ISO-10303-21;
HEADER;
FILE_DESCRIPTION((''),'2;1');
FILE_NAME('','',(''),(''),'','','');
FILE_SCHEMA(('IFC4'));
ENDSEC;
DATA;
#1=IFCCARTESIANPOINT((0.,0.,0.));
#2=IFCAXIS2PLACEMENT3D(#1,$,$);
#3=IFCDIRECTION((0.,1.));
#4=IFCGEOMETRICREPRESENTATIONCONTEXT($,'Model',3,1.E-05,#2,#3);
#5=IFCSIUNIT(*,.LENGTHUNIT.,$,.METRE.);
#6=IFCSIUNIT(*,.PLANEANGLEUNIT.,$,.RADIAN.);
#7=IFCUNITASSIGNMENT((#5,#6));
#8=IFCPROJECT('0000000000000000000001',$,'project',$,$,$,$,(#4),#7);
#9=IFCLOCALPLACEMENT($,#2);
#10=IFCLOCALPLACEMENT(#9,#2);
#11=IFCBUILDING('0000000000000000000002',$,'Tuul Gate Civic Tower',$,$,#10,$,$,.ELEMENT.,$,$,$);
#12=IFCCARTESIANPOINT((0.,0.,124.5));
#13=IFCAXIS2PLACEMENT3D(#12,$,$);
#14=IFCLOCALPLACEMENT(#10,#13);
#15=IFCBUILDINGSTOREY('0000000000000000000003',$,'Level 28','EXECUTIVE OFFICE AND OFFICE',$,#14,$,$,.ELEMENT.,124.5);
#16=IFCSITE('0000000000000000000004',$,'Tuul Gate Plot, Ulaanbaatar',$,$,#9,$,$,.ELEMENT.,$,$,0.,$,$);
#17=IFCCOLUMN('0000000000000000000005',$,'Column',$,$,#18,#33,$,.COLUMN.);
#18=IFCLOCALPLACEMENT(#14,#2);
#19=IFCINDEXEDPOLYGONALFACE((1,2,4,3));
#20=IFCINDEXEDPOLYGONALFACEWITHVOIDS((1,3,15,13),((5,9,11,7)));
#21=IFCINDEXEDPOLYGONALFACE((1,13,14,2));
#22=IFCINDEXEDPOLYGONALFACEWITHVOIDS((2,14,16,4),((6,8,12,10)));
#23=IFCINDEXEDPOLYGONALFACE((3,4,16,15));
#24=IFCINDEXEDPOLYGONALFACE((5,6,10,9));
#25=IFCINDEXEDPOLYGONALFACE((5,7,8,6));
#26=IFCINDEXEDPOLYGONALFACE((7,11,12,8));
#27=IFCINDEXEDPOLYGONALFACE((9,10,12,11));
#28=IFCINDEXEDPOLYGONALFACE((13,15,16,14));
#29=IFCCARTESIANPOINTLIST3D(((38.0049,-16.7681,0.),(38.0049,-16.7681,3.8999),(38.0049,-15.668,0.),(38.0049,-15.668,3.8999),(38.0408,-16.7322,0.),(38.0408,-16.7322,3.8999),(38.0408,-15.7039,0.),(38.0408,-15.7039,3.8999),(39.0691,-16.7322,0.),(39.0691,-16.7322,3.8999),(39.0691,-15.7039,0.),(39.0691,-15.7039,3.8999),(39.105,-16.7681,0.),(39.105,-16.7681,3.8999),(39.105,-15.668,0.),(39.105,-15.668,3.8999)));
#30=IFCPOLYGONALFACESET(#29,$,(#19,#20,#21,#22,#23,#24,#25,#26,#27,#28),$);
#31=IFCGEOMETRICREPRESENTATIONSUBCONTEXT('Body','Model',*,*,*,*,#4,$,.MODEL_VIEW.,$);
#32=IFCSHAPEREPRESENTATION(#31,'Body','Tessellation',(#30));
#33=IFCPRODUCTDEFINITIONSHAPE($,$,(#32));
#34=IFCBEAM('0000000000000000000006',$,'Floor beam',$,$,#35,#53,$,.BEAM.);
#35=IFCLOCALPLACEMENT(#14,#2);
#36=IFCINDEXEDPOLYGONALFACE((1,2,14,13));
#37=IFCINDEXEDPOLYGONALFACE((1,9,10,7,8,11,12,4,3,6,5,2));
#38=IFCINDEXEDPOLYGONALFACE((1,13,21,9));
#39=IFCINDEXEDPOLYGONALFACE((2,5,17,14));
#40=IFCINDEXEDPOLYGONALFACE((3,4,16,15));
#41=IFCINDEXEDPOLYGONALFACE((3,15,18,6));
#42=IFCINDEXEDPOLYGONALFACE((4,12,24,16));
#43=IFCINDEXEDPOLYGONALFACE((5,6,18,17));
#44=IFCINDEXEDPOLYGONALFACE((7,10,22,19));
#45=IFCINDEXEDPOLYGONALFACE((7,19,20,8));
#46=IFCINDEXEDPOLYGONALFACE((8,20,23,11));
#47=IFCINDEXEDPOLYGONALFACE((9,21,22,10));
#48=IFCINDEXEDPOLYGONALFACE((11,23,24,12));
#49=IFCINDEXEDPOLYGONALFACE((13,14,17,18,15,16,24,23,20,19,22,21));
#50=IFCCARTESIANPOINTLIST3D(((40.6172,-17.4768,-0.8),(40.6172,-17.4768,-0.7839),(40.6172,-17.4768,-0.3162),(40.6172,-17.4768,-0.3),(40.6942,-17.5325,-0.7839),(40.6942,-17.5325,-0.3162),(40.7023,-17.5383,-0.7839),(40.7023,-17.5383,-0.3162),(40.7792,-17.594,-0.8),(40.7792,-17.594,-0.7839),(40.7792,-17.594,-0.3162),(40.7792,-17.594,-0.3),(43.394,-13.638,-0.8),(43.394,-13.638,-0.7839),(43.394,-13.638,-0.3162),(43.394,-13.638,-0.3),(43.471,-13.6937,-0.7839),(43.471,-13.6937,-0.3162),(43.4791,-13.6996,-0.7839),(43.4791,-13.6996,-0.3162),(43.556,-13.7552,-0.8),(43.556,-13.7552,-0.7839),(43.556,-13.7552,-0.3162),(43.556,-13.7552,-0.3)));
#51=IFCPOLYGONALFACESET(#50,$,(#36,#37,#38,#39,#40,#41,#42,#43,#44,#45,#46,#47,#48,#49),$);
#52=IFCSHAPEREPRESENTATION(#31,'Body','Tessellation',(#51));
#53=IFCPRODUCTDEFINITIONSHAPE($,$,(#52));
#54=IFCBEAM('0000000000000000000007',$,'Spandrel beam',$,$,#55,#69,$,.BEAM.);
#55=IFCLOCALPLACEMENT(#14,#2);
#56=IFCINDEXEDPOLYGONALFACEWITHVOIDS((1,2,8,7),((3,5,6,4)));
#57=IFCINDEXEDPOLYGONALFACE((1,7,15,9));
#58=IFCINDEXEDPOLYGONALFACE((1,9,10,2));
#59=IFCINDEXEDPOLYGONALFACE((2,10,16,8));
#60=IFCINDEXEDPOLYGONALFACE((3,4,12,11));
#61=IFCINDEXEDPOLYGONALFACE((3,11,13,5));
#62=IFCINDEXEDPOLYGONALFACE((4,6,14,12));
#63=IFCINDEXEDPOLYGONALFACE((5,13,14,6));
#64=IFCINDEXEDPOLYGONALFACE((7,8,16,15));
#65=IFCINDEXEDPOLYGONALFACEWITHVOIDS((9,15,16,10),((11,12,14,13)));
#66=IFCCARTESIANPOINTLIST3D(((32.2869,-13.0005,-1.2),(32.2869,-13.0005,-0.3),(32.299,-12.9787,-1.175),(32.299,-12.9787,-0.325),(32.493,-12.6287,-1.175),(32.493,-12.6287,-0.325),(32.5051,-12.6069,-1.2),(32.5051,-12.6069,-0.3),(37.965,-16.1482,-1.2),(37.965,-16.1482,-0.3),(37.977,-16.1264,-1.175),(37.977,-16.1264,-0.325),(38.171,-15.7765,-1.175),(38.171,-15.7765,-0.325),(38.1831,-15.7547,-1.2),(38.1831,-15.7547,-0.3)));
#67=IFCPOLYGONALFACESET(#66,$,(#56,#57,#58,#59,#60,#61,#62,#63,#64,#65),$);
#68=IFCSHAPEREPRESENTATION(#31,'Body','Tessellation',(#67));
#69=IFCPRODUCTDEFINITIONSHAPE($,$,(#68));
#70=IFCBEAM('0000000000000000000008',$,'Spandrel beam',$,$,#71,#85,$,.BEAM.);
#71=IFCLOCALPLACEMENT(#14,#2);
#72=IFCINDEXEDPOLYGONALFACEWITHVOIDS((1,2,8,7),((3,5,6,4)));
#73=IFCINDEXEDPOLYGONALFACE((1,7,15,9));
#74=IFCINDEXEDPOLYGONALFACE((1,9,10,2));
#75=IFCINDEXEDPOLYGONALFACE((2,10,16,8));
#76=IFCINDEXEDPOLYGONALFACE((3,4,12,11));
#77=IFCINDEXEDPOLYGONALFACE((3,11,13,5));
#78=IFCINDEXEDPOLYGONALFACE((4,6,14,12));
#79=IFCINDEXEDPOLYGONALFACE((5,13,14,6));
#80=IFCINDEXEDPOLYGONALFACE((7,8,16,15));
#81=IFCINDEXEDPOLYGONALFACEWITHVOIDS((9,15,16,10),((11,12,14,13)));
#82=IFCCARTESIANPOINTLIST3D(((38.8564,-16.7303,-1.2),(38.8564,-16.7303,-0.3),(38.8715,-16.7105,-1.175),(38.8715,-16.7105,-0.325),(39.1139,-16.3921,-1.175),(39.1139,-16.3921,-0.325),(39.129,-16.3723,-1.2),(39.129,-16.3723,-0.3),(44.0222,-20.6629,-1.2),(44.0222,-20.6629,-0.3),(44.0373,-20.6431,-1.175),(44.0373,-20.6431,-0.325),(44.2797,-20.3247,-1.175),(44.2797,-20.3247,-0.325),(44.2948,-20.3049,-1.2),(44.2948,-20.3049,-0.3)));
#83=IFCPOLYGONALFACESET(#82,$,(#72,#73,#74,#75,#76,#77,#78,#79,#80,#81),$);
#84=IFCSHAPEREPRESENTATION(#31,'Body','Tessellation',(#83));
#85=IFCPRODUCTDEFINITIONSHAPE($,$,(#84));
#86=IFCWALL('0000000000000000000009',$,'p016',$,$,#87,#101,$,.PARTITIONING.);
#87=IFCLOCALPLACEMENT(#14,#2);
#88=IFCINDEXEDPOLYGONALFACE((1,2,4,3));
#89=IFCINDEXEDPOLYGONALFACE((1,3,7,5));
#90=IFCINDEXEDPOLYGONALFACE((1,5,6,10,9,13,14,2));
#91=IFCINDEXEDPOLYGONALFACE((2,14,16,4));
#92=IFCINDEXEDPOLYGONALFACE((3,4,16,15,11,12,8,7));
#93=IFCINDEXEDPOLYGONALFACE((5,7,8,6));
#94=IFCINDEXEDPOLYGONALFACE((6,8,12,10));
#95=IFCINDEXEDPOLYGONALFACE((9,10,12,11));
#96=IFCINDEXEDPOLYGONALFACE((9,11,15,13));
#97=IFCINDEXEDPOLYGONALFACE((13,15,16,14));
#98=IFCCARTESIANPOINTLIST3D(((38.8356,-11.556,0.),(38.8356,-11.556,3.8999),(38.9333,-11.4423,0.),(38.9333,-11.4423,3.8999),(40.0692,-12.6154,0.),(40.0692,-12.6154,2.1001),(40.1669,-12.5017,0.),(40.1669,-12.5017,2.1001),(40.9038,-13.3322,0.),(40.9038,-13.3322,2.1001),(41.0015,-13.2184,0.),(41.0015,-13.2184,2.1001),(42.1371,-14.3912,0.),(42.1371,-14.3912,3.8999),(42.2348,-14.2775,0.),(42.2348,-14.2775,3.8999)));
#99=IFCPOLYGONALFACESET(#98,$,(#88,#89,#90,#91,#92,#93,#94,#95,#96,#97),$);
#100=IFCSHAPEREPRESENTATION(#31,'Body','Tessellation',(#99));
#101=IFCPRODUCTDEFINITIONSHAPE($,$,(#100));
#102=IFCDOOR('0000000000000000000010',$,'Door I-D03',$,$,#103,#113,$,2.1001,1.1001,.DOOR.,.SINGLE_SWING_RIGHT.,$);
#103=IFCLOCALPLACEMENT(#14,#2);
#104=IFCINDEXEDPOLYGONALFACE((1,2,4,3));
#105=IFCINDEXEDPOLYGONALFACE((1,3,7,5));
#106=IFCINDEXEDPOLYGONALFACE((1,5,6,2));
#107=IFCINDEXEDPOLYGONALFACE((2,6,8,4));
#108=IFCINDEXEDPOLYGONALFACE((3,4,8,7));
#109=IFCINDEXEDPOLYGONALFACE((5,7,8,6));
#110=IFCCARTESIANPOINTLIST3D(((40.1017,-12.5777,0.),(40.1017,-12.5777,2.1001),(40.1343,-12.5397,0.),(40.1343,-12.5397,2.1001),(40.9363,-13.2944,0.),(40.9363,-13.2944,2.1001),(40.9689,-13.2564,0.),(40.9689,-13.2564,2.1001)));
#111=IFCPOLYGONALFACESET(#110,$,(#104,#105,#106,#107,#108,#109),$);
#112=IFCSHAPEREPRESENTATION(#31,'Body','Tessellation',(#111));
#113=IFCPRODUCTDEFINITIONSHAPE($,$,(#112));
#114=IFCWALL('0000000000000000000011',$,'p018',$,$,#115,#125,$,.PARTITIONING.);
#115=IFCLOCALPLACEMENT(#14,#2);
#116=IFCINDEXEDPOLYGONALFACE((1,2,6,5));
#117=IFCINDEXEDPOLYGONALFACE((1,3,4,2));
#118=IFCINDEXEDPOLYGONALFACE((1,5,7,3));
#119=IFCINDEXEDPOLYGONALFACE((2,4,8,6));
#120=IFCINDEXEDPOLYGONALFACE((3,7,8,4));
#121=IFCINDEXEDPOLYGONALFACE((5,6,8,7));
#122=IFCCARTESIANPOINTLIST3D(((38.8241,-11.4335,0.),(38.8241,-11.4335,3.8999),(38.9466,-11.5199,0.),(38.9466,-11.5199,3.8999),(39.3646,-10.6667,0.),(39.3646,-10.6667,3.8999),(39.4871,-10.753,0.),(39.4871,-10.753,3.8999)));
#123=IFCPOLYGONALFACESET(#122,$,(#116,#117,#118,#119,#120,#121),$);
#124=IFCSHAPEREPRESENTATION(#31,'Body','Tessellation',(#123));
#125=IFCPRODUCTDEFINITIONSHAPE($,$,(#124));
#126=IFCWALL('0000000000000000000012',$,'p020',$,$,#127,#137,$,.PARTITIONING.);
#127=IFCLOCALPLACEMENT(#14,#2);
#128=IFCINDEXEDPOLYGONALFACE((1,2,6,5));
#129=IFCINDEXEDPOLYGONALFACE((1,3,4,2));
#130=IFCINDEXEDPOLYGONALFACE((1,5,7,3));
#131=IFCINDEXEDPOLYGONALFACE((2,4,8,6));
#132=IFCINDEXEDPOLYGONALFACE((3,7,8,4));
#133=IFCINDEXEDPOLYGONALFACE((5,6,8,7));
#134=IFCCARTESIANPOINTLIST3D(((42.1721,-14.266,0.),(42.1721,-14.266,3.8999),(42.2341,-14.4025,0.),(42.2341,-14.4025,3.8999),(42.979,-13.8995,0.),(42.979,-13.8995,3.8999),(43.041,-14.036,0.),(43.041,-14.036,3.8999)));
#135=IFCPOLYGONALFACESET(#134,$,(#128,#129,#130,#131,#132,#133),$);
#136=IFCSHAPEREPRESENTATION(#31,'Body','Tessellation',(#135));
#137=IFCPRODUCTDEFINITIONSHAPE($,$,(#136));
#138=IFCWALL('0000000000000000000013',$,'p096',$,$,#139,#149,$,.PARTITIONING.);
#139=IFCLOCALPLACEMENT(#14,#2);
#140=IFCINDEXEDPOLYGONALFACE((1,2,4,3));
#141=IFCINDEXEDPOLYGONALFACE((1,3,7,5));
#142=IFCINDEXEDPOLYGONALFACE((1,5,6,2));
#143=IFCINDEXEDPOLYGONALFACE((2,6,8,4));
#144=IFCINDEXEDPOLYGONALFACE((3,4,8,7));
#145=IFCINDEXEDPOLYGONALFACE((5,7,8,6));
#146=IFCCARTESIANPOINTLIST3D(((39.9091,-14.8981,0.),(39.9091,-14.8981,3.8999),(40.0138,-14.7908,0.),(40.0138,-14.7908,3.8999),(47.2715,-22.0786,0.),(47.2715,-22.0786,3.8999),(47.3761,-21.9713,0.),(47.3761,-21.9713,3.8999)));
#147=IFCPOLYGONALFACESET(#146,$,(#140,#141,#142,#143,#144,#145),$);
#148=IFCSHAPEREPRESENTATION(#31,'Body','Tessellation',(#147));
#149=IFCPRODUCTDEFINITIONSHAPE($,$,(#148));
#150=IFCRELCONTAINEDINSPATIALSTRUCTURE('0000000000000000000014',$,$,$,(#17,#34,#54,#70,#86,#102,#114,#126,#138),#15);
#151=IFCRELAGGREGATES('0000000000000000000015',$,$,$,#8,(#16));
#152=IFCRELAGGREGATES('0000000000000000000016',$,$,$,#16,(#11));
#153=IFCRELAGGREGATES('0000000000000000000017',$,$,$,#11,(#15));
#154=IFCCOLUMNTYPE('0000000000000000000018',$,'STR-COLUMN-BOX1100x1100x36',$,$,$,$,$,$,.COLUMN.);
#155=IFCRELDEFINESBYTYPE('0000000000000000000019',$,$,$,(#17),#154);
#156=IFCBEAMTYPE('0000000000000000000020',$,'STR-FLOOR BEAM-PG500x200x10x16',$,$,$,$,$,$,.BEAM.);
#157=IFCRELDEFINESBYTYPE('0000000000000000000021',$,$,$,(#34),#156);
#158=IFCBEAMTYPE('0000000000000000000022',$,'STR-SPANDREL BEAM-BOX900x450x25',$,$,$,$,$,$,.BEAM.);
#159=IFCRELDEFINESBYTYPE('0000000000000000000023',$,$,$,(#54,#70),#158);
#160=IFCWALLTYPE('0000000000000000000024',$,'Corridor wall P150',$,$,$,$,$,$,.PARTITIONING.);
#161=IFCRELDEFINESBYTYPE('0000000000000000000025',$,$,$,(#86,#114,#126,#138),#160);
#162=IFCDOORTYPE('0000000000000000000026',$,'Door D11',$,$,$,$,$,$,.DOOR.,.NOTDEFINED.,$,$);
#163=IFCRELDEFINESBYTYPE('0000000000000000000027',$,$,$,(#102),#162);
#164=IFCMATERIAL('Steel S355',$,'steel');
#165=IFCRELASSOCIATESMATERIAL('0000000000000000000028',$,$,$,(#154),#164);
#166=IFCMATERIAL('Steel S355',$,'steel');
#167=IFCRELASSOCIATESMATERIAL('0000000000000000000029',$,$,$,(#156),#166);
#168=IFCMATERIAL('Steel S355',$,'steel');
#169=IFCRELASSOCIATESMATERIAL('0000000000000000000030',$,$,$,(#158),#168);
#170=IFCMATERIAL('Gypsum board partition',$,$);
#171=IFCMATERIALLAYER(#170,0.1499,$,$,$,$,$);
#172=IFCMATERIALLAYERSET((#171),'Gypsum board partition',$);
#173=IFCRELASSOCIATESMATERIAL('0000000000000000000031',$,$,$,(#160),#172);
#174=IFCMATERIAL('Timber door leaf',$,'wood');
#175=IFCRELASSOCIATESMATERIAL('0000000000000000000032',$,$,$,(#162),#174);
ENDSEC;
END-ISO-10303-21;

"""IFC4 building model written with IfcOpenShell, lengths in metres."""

from ifc_helpers import new_model, si_unit, direction, frame, frame_2d, origin, origin_2d, place, context, subcontext, project, spatial, rectangle, hollow_rectangle, i_section, extrude, material, layer, layer_set, material_profile, profile_set, type_object, element, fill, save


model = new_model("IFC4")

# Units and contexts
model_context = context("Model", 3, precision=1e-05, world=origin(), true_north=direction((0.0, 1.0)))
body_context = subcontext(model_context, "Body", "Model", "MODEL_VIEW")
ifc_project = project(units=[si_unit("LENGTHUNIT", "METRE"), si_unit("PLANEANGLEUNIT", "RADIAN")], contexts=[model_context])

# Site, building, storey
site_placement = place(None, origin())
site = spatial("IfcSite", under=ifc_project, at=site_placement, Name="Tuul Gate Plot, Ulaanbaatar", CompositionType="ELEMENT", RefElevation=0.0)
building_placement = place(site_placement, origin())
building = spatial("IfcBuilding", under=site, at=building_placement, Name="Tuul Gate Civic Tower", CompositionType="ELEMENT")
storey_placement = place(building_placement, frame((0.0, 0.0, 124.5)))
storey = spatial("IfcBuildingStorey", under=building, at=storey_placement, Name="Level 28", Description="EXECUTIVE OFFICE AND OFFICE", CompositionType="ELEMENT", Elevation=124.5)

# Column
ifc_material_1 = material(Name="Steel S355", Category="steel")
ifc_material_profile_1 = material_profile(ifc_material_1, hollow_rectangle(XDim=1.1001, YDim=1.1001, WallThickness=0.0359, at=origin_2d()), Name="BOX1100x1100x36")
ifc_profile_set_1 = profile_set([ifc_material_profile_1], Name="Steel S355")
column_type = type_object("IfcColumnType", Name="STR-COLUMN-BOX1100x1100x36", PredefinedType="COLUMN", material=ifc_profile_set_1)
column_placement = place(storey_placement, frame((38.5549, -16.218, 0.0), z_axis=(0.0, 0.0, 1.0), x_axis=(1.0, 0.0, 0.0)))
element("IfcColumn", 1, at=column_placement, inside=storey, type_object=column_type, Name="Column", PredefinedType="COLUMN", context=body_context, shape_type="SweptSolid", body=[
    extrude(hollow_rectangle(XDim=1.1001, YDim=1.1001, WallThickness=0.0359, at=origin_2d()), origin(), (0.0, 0.0, 1.0), 3.8999),
])

# Beams
ifc_material_2 = material(Name="Steel S355", Category="steel")
ifc_material_profile_2 = material_profile(ifc_material_2, i_section(OverallWidth=0.2, OverallDepth=0.5, WebThickness=0.01, FlangeThickness=0.0161, at=origin_2d()), Name="PG500x200x10x16")
ifc_profile_set_2 = profile_set([ifc_material_profile_2], Name="Steel S355")
beam_type_1 = type_object("IfcBeamType", Name="STR-FLOOR BEAM-PG500x200x10x16", PredefinedType="BEAM", material=ifc_profile_set_2)
beam_1_placement = place(storey_placement, frame((40.6982, -17.5354, -0.55), z_axis=(0.586092, 0.810244, 0.0), x_axis=(-0.810244, 0.586092, 0.0)))
element("IfcBeam", 2, at=beam_1_placement, inside=storey, type_object=beam_type_1, Name="Floor beam", PredefinedType="BEAM", context=body_context, shape_type="SweptSolid", body=[
    extrude(i_section(OverallWidth=0.2, OverallDepth=0.5, WebThickness=0.01, FlangeThickness=0.0161, at=origin_2d()), origin(), (0.0, 0.0, 1.0), 4.7378),
])
ifc_material_3 = material(Name="Steel S355", Category="steel")
ifc_material_profile_3 = material_profile(ifc_material_3, hollow_rectangle(XDim=0.45, YDim=0.8999, WallThickness=0.0249, at=origin_2d()), Name="BOX900x450x25")
ifc_profile_set_3 = profile_set([ifc_material_profile_3], Name="Steel S355")
beam_type_2 = type_object("IfcBeamType", Name="STR-SPANDREL BEAM-BOX900x450x25", PredefinedType="BEAM", material=ifc_profile_set_3)
beam_2_placement = place(storey_placement, frame((32.396, -12.8037, -0.75), z_axis=(0.874597, -0.484851, 0.0), x_axis=(0.484851, 0.874597, 0.0)))
element("IfcBeam", 3, at=beam_2_placement, inside=storey, type_object=beam_type_2, Name="Spandrel beam", PredefinedType="BEAM", context=body_context, shape_type="SweptSolid", body=[
    extrude(hollow_rectangle(XDim=0.45, YDim=0.8999, WallThickness=0.0249, at=origin_2d()), origin(), (0.0, 0.0, 1.0), 6.4922),
])
beam_3_placement = place(storey_placement, frame((38.9927, -16.5513, -0.75), z_axis=(0.79567, -0.60573, 0.0), x_axis=(0.60573, 0.79567, 0.0)))
element("IfcBeam", 4, at=beam_3_placement, inside=storey, type_object=beam_type_2, Name="Spandrel beam", PredefinedType="BEAM", context=body_context, shape_type="SweptSolid", body=[
    extrude(hollow_rectangle(XDim=0.45, YDim=0.8999, WallThickness=0.0249, at=origin_2d()), origin(), (0.0, 0.0, 1.0), 6.4924),
])

# Wall, opening, door
ifc_material_4 = material(Name="Gypsum board partition")
ifc_layer_1 = layer(ifc_material_4, 0.1499)
ifc_layer_set_1 = layer_set([ifc_layer_1], Name="Gypsum board partition")
wall_type_1 = type_object("IfcWallType", Name="Corridor wall P150", PredefinedType="PARTITIONING", material=ifc_layer_set_1)
wall_1_placement = place(storey_placement, frame((38.8845, -11.4993, 0.0), z_axis=(0.0, 0.0, 1.0), x_axis=(0.75865, -0.651498, 0.0)))
wall_1 = element("IfcWall", 5, at=wall_1_placement, inside=storey, type_object=wall_type_1, Name="p016", PredefinedType="PARTITIONING", context=body_context, shape_type="SweptSolid", body=[
    extrude(rectangle(XDim=4.3518, YDim=0.1499, at=frame_2d((2.1758, 0.0))), origin(), (0.0, 0.0, 1.0), 3.8999),
])
opening_1_placement = place(wall_1_placement, frame((1.626, 0.0, 0.0)))
opening_1 = element("IfcOpeningElement", 6, at=opening_1_placement, cuts=wall_1, PredefinedType="OPENING", context=body_context, shape_type="SweptSolid", body=[
    extrude(rectangle(XDim=1.1001, YDim=2.1001, at=frame_2d((0.55, 1.05))), frame((0.0, 0.085, 0.0), z_axis=(0.0, -1.0, 0.0), x_axis=(1.0, 0.0, 0.0)), (0.0, 0.0, 1.0), 0.1699),
])
ifc_material_5 = material(Name="Timber door leaf", Category="wood")
door_type = type_object("IfcDoorType", Name="Door D11", OperationType="NOTDEFINED", PredefinedType="DOOR", material=ifc_material_5)
door_placement = place(opening_1_placement, origin())
door = element("IfcDoor", 7, at=door_placement, inside=storey, type_object=door_type, Name="Door I-D03", OperationType="SINGLE_SWING_RIGHT", OverallHeight=2.1001, OverallWidth=1.1001, PredefinedType="DOOR", context=body_context, shape_type="SweptSolid", body=[
    extrude(rectangle(XDim=1.1001, YDim=2.1001, at=frame_2d((0.55, 1.05))), frame((0.0, 0.0249, 0.0), z_axis=(0.0, -1.0, 0.0), x_axis=(1.0, 0.0, 0.0)), (0.0, 0.0, 1.0), 0.05),
])
fill(opening_1, door)

# Walls
wall_2_placement = place(storey_placement, frame((38.8853, -11.4768, 0.0), z_axis=(0.0, 0.0, 1.0), x_axis=(0.576131, 0.817357, 0.0)))
element("IfcWall", 8, at=wall_2_placement, inside=storey, type_object=wall_type_1, Name="p018", PredefinedType="PARTITIONING", context=body_context, shape_type="SweptSolid", body=[
    extrude(rectangle(XDim=0.9382, YDim=0.1499, at=frame_2d((0.4692, 0.0))), origin(), (0.0, 0.0, 1.0), 3.8999),
])
wall_3_placement = place(storey_placement, frame((42.2031, -14.3342, 0.0), z_axis=(0.0, 0.0, 1.0), x_axis=(0.910499, 0.413512, 0.0)))
element("IfcWall", 9, at=wall_3_placement, inside=storey, type_object=wall_type_1, Name="p020", PredefinedType="PARTITIONING", context=body_context, shape_type="SweptSolid", body=[
    extrude(rectangle(XDim=0.8862, YDim=0.1499, at=frame_2d((0.4431, 0.0))), origin(), (0.0, 0.0, 1.0), 3.8999),
])
wall_4_placement = place(storey_placement, frame((39.9614, -14.8445, 0.0), z_axis=(0.0, 0.0, 1.0), x_axis=(0.715895, -0.698208, 0.0)))
element("IfcWall", 10, at=wall_4_placement, inside=storey, type_object=wall_type_1, Name="p096", PredefinedType="PARTITIONING", context=body_context, shape_type="SweptSolid", body=[
    extrude(rectangle(XDim=10.2842, YDim=0.1499, at=frame_2d((5.1421, 0.0))), origin(), (0.0, 0.0, 1.0), 3.8999),
])

save(model, "model.ifc")
